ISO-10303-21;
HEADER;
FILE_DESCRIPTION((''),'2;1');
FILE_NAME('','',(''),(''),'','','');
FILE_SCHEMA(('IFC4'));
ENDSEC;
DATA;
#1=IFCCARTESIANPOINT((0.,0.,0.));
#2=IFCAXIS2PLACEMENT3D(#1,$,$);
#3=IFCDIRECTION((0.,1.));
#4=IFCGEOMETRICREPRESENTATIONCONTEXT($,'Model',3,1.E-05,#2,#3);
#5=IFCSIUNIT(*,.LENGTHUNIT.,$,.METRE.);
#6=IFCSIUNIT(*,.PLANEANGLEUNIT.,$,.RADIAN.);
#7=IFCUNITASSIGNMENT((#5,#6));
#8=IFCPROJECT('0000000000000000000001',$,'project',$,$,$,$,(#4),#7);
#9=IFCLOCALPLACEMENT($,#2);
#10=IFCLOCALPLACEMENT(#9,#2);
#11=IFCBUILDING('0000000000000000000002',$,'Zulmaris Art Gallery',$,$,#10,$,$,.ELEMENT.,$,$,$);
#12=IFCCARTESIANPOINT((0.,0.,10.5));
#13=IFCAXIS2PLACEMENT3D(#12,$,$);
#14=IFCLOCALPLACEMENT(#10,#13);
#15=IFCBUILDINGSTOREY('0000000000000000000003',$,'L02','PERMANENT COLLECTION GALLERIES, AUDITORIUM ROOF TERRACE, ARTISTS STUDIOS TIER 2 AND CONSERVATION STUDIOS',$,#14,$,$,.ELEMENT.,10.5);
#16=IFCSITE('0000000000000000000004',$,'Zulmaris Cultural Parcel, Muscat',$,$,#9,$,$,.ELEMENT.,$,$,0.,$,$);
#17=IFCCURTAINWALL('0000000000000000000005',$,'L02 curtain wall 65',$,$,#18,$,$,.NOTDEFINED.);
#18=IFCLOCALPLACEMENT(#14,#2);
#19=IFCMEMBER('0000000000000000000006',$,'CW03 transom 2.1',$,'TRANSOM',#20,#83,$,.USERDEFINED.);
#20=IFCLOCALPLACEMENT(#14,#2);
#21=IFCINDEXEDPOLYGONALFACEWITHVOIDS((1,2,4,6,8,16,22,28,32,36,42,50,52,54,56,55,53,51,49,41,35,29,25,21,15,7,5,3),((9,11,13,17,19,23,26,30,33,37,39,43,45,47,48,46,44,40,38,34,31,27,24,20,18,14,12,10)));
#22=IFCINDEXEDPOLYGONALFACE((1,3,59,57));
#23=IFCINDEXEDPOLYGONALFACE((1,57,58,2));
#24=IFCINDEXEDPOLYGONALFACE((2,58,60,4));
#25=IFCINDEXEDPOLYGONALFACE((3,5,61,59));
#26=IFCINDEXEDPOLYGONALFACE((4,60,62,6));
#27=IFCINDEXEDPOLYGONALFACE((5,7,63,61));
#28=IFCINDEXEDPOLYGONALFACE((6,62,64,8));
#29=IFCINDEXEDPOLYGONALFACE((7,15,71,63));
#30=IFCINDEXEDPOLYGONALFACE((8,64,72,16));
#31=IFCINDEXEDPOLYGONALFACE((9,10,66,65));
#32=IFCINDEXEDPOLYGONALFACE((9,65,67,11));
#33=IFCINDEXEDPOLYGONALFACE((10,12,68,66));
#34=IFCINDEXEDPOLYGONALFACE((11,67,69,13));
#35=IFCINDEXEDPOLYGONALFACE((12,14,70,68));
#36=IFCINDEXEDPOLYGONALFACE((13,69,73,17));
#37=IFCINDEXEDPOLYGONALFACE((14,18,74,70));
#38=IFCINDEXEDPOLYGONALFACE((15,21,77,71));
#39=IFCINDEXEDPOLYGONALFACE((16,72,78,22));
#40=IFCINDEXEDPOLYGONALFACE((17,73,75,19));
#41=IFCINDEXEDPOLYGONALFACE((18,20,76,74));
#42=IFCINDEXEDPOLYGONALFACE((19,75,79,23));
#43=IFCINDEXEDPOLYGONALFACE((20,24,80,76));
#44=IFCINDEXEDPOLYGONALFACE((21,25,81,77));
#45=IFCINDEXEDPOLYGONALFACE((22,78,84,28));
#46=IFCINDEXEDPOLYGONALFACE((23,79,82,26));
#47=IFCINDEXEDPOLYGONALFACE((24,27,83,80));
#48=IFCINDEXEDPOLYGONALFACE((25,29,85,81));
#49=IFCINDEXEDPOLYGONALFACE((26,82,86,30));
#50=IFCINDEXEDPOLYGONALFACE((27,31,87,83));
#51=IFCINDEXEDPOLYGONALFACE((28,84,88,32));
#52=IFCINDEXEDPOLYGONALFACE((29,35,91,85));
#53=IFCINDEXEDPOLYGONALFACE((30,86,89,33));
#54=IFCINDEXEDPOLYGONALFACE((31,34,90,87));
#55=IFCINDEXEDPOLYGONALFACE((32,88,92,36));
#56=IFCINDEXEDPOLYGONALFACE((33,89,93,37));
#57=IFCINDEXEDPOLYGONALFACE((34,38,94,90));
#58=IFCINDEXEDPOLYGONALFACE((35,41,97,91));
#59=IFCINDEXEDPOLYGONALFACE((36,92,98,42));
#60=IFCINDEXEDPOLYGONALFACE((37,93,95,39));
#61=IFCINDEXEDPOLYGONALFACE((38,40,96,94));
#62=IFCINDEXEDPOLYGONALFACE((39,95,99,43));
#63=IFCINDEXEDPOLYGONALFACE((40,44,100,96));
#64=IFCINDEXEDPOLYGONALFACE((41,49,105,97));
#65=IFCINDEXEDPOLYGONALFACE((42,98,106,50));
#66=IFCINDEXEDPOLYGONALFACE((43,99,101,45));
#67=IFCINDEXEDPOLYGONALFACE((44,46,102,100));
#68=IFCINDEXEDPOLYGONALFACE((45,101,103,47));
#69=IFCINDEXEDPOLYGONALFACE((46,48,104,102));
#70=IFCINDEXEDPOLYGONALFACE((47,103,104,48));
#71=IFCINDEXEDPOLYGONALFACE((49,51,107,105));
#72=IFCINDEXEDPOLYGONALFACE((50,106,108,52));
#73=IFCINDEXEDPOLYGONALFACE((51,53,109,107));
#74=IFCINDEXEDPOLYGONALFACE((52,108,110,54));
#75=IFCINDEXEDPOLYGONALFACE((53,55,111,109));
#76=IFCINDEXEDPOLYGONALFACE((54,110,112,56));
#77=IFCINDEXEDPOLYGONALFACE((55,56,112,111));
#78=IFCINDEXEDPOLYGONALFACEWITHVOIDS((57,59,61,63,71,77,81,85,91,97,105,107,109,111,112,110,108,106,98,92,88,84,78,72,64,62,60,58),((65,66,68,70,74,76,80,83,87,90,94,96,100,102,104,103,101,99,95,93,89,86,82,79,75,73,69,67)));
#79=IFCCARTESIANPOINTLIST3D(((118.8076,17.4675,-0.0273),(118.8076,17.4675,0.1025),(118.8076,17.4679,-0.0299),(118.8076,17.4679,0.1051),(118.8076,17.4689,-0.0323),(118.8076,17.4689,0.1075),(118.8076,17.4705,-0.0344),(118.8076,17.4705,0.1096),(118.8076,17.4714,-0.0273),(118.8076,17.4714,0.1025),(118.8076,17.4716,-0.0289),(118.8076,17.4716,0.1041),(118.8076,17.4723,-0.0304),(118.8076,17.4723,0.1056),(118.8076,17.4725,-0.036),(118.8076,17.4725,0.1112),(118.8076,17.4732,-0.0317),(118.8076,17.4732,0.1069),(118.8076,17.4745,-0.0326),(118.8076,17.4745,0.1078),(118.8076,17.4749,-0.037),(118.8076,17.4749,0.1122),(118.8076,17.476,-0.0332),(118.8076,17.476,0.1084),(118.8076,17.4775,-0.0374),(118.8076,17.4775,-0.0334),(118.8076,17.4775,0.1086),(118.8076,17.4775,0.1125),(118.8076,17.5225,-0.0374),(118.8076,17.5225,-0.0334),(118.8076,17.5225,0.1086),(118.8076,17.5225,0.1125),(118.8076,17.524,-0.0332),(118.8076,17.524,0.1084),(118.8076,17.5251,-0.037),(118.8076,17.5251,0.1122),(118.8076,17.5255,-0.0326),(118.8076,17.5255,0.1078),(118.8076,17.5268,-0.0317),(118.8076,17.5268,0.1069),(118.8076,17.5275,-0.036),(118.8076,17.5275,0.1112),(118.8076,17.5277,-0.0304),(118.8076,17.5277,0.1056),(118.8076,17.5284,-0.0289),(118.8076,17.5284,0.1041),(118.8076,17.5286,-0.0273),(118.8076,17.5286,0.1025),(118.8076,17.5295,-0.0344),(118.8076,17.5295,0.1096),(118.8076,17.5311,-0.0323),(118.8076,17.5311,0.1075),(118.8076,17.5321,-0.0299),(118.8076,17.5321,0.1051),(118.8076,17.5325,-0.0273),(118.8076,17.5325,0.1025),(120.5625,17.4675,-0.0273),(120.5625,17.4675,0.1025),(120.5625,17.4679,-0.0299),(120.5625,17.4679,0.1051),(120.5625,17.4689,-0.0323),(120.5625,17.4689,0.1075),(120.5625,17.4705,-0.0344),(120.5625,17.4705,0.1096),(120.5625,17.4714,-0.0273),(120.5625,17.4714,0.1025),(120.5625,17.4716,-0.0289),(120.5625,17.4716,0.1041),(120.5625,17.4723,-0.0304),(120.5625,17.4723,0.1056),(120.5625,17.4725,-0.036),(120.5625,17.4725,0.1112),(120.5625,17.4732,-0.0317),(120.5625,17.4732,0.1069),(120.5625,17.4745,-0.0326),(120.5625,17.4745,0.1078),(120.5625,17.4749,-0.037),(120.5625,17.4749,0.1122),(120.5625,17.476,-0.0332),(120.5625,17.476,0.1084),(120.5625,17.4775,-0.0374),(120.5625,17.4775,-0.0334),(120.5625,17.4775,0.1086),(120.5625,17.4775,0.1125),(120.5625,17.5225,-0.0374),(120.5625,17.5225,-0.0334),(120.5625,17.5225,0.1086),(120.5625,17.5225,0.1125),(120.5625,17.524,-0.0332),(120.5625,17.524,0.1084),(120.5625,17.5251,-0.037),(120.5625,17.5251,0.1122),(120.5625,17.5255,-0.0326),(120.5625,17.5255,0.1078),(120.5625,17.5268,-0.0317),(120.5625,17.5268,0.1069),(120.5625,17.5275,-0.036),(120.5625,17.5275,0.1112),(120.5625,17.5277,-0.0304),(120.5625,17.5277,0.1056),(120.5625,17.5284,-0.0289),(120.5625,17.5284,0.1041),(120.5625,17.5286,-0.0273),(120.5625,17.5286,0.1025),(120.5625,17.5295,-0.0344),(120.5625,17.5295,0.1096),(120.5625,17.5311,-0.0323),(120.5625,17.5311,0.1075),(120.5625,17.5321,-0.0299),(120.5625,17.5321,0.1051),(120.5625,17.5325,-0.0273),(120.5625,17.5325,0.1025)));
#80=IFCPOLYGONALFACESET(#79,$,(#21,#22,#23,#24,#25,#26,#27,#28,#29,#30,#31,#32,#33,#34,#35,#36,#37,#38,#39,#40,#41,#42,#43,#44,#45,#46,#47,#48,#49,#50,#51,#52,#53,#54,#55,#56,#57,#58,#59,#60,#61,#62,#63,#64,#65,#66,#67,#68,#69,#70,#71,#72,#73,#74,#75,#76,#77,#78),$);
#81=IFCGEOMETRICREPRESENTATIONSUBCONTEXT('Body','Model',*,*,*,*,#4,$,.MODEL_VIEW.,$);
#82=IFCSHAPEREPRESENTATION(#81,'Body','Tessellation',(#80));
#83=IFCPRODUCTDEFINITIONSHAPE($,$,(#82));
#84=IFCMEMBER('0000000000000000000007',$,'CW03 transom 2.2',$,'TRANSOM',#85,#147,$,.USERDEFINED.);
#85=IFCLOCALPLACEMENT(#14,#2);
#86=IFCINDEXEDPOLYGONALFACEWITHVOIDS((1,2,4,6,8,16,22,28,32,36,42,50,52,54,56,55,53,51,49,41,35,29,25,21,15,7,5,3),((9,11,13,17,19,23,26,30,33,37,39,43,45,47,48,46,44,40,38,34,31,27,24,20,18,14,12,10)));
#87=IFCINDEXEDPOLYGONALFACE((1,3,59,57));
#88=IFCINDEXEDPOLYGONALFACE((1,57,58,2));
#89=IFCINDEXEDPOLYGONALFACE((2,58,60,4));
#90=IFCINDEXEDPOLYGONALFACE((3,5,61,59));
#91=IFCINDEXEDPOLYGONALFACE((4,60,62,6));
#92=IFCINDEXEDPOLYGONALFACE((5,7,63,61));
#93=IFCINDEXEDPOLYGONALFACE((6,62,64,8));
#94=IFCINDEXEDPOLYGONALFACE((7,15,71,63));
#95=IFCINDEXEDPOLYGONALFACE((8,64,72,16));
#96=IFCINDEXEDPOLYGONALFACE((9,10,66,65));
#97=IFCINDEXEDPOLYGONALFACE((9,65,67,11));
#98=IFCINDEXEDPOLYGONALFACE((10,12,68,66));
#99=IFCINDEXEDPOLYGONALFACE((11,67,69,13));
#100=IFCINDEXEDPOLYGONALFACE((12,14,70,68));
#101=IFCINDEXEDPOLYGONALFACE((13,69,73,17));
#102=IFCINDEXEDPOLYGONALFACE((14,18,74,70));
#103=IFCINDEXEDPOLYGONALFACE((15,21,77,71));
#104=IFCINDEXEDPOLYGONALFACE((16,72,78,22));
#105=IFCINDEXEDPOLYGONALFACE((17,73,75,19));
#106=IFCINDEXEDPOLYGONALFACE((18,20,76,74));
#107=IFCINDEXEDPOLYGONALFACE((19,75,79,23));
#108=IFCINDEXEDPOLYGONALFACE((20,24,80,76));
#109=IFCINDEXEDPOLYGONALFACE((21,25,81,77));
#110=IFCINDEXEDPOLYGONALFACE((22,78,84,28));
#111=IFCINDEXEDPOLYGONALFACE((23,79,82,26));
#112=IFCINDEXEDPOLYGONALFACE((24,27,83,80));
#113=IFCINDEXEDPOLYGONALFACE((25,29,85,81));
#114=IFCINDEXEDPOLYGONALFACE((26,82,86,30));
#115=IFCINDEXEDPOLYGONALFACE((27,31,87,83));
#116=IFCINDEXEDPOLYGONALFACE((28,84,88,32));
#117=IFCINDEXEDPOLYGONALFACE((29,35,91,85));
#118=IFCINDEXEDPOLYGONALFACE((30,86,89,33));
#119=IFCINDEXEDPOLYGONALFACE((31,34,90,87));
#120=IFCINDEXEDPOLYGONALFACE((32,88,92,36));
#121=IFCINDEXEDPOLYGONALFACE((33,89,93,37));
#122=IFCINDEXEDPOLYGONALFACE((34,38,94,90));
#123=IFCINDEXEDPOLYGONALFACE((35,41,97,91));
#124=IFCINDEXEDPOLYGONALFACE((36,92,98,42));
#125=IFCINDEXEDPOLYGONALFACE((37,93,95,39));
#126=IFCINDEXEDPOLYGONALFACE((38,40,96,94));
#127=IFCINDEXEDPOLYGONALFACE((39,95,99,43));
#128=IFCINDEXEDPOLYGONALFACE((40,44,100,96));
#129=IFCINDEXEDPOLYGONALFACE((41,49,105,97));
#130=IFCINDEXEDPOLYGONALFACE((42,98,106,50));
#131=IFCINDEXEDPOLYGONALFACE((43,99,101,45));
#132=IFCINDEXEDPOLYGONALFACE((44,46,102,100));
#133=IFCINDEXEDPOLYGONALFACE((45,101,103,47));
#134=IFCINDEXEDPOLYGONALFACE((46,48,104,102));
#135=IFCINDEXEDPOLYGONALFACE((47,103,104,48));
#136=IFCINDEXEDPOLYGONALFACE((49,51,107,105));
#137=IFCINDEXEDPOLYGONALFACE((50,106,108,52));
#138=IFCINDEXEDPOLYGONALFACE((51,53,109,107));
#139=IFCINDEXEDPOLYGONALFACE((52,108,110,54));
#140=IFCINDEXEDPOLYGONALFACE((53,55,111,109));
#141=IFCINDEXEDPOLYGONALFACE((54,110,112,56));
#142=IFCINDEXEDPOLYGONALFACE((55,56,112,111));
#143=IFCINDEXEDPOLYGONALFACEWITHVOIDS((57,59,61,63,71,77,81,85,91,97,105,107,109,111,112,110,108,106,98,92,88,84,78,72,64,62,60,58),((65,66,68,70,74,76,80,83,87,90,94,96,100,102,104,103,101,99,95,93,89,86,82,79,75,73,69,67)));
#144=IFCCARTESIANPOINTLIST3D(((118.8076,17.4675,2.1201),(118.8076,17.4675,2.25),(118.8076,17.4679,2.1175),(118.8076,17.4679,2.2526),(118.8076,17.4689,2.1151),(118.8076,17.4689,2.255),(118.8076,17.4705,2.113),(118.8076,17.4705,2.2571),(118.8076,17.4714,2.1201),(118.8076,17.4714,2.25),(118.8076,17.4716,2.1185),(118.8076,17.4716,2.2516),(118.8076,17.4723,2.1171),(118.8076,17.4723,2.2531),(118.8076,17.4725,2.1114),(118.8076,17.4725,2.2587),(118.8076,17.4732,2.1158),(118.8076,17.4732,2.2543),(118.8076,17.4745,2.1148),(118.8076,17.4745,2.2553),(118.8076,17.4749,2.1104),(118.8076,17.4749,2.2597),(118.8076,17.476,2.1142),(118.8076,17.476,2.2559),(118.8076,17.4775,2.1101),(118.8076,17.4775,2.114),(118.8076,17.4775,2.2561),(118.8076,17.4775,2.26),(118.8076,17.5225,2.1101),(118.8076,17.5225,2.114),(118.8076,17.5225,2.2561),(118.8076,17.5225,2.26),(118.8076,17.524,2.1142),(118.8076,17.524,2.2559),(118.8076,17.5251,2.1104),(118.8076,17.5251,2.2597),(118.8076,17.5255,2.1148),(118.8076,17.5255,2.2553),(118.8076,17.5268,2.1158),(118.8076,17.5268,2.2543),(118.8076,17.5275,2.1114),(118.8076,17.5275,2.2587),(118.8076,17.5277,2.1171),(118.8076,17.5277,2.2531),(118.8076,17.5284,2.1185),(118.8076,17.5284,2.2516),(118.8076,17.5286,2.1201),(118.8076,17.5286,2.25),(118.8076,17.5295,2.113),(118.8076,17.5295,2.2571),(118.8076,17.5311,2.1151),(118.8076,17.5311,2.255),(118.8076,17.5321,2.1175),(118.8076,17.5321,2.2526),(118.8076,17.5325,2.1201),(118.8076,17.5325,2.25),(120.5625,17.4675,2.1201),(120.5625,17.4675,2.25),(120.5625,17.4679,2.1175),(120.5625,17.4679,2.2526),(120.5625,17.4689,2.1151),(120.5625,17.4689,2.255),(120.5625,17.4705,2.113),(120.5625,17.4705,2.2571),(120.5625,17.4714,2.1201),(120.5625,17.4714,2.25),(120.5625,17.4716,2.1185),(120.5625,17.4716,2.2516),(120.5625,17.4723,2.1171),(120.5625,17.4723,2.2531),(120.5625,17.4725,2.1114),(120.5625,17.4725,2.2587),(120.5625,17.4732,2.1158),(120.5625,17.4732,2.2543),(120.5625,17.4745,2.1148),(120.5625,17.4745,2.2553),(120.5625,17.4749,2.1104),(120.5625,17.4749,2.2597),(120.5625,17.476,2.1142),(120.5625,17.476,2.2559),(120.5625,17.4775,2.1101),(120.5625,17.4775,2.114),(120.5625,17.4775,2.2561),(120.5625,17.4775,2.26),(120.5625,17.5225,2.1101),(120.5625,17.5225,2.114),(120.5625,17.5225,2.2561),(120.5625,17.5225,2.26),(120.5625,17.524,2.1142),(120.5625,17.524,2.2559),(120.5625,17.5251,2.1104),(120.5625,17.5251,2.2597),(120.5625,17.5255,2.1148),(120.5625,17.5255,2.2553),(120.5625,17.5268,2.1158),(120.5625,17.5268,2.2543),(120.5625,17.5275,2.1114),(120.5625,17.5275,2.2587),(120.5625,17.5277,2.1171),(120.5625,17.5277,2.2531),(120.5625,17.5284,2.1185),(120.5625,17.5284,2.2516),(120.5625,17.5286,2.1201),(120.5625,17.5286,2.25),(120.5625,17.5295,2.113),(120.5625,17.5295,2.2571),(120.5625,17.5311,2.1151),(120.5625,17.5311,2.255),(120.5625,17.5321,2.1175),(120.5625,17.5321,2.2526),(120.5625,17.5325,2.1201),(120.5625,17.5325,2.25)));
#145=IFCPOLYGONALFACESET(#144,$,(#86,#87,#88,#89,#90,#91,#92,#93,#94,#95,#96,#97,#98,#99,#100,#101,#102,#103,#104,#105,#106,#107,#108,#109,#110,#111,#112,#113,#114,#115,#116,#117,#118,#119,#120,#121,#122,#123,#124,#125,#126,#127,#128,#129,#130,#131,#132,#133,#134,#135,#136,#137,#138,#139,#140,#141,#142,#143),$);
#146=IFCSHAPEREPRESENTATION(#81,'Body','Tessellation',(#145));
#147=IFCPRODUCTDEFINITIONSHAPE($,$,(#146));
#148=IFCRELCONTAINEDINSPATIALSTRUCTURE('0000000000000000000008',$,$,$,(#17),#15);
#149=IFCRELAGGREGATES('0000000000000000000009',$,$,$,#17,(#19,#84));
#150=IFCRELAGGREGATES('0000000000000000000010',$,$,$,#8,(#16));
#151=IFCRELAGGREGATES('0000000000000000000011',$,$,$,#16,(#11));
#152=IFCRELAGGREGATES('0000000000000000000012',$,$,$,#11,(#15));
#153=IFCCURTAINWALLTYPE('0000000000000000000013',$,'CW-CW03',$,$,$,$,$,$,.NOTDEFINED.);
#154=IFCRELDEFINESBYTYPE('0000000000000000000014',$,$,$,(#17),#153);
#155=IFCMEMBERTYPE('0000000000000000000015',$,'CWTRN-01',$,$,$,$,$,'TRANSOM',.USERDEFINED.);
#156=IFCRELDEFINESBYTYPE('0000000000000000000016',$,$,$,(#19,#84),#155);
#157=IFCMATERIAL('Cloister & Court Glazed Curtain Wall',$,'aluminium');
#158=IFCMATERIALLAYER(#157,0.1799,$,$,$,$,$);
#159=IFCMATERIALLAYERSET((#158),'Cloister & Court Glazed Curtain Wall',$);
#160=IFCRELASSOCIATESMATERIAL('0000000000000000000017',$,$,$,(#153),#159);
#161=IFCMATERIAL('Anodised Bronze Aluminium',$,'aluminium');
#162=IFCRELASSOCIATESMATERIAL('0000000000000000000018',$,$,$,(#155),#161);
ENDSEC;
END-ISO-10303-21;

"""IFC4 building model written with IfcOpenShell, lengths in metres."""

from ifc_helpers import new_model, si_unit, direction, frame, origin, origin_2d, place, context, subcontext, project, spatial, hollow_rectangle, extrude, material, layer, layer_set, material_profile, profile_set, type_object, element, aggregate, save


model = new_model("IFC4")

# Units and contexts
model_context = context("Model", 3, precision=1e-05, world=origin(), true_north=direction((0.0, 1.0)))
body_context = subcontext(model_context, "Body", "Model", "MODEL_VIEW")
ifc_project = project(units=[si_unit("LENGTHUNIT", "METRE"), si_unit("PLANEANGLEUNIT", "RADIAN")], contexts=[model_context])

# Site, building, storey
site_placement = place(None, origin())
site = spatial("IfcSite", under=ifc_project, at=site_placement, Name="Zulmaris Cultural Parcel, Muscat", CompositionType="ELEMENT", RefElevation=0.0)
building_placement = place(site_placement, origin())
building = spatial("IfcBuilding", under=site, at=building_placement, Name="Zulmaris Art Gallery", CompositionType="ELEMENT")
storey_placement = place(building_placement, frame((0.0, 0.0, 10.5)))
storey = spatial("IfcBuildingStorey", under=building, at=storey_placement, Name="L02", Description="PERMANENT COLLECTION GALLERIES, AUDITORIUM ROOF TERRACE, ARTISTS STUDIOS TIER 2 AND CONSERVATION STUDIOS", CompositionType="ELEMENT", Elevation=10.5)

# Curtain wall
ifc_material_1 = material(Name="Cloister & Court Glazed Curtain Wall", Category="aluminium")
ifc_layer_1 = layer(ifc_material_1, 0.1799)
ifc_layer_set_1 = layer_set([ifc_layer_1], Name="Cloister & Court Glazed Curtain Wall")
curtain_wall_type = type_object("IfcCurtainWallType", Name="CW-CW03", PredefinedType="NOTDEFINED", material=ifc_layer_set_1)
curtain_wall_1_placement = place(storey_placement, origin())
curtain_wall_1 = element("IfcCurtainWall", 1, at=curtain_wall_1_placement, inside=storey, type_object=curtain_wall_type, Name="L02 curtain wall 65", PredefinedType="NOTDEFINED")
ifc_material_2 = material(Name="Anodised Bronze Aluminium", Category="aluminium")

# Members
ifc_material_profile_1 = material_profile(ifc_material_2, hollow_rectangle(XDim=0.0649, YDim=0.1499, WallThickness=0.0039, InnerFilletRadius=0.0061, OuterFilletRadius=0.01, at=origin_2d()), Name="ALU 65x150x4")
ifc_profile_set_1 = profile_set([ifc_material_profile_1], Name="Anodised Bronze Aluminium")
member_type_1 = type_object("IfcMemberType", Name="CWTRN-01", ElementType="TRANSOM", PredefinedType="USERDEFINED", material=ifc_profile_set_1)
member_1_placement = place(storey_placement, frame((118.8076, 17.5, 0.0376), z_axis=(1.0, 0.0, 0.0), x_axis=(0.0, 1.0, 0.0)))
member_1 = element("IfcMember", 2, at=member_1_placement, type_object=member_type_1, Name="CW03 transom 2.1", ObjectType="TRANSOM", PredefinedType="USERDEFINED", context=body_context, shape_type="SweptSolid", body=[
    extrude(hollow_rectangle(XDim=0.0649, YDim=0.1499, WallThickness=0.0039, InnerFilletRadius=0.0061, OuterFilletRadius=0.01, at=origin_2d()), origin(), (0.0, 0.0, 1.0), 1.7549),
])
member_2_placement = place(storey_placement, frame((118.8076, 17.5, 2.1851), z_axis=(1.0, 0.0, 0.0), x_axis=(0.0, 1.0, 0.0)))
member_2 = element("IfcMember", 3, at=member_2_placement, type_object=member_type_1, Name="CW03 transom 2.2", ObjectType="TRANSOM", PredefinedType="USERDEFINED", context=body_context, shape_type="SweptSolid", body=[
    extrude(hollow_rectangle(XDim=0.0649, YDim=0.1499, WallThickness=0.0039, InnerFilletRadius=0.0061, OuterFilletRadius=0.01, at=origin_2d()), origin(), (0.0, 0.0, 1.0), 1.7549),
])

aggregate(curtain_wall_1, [member_1, member_2])

save(model, "model.ifc")
